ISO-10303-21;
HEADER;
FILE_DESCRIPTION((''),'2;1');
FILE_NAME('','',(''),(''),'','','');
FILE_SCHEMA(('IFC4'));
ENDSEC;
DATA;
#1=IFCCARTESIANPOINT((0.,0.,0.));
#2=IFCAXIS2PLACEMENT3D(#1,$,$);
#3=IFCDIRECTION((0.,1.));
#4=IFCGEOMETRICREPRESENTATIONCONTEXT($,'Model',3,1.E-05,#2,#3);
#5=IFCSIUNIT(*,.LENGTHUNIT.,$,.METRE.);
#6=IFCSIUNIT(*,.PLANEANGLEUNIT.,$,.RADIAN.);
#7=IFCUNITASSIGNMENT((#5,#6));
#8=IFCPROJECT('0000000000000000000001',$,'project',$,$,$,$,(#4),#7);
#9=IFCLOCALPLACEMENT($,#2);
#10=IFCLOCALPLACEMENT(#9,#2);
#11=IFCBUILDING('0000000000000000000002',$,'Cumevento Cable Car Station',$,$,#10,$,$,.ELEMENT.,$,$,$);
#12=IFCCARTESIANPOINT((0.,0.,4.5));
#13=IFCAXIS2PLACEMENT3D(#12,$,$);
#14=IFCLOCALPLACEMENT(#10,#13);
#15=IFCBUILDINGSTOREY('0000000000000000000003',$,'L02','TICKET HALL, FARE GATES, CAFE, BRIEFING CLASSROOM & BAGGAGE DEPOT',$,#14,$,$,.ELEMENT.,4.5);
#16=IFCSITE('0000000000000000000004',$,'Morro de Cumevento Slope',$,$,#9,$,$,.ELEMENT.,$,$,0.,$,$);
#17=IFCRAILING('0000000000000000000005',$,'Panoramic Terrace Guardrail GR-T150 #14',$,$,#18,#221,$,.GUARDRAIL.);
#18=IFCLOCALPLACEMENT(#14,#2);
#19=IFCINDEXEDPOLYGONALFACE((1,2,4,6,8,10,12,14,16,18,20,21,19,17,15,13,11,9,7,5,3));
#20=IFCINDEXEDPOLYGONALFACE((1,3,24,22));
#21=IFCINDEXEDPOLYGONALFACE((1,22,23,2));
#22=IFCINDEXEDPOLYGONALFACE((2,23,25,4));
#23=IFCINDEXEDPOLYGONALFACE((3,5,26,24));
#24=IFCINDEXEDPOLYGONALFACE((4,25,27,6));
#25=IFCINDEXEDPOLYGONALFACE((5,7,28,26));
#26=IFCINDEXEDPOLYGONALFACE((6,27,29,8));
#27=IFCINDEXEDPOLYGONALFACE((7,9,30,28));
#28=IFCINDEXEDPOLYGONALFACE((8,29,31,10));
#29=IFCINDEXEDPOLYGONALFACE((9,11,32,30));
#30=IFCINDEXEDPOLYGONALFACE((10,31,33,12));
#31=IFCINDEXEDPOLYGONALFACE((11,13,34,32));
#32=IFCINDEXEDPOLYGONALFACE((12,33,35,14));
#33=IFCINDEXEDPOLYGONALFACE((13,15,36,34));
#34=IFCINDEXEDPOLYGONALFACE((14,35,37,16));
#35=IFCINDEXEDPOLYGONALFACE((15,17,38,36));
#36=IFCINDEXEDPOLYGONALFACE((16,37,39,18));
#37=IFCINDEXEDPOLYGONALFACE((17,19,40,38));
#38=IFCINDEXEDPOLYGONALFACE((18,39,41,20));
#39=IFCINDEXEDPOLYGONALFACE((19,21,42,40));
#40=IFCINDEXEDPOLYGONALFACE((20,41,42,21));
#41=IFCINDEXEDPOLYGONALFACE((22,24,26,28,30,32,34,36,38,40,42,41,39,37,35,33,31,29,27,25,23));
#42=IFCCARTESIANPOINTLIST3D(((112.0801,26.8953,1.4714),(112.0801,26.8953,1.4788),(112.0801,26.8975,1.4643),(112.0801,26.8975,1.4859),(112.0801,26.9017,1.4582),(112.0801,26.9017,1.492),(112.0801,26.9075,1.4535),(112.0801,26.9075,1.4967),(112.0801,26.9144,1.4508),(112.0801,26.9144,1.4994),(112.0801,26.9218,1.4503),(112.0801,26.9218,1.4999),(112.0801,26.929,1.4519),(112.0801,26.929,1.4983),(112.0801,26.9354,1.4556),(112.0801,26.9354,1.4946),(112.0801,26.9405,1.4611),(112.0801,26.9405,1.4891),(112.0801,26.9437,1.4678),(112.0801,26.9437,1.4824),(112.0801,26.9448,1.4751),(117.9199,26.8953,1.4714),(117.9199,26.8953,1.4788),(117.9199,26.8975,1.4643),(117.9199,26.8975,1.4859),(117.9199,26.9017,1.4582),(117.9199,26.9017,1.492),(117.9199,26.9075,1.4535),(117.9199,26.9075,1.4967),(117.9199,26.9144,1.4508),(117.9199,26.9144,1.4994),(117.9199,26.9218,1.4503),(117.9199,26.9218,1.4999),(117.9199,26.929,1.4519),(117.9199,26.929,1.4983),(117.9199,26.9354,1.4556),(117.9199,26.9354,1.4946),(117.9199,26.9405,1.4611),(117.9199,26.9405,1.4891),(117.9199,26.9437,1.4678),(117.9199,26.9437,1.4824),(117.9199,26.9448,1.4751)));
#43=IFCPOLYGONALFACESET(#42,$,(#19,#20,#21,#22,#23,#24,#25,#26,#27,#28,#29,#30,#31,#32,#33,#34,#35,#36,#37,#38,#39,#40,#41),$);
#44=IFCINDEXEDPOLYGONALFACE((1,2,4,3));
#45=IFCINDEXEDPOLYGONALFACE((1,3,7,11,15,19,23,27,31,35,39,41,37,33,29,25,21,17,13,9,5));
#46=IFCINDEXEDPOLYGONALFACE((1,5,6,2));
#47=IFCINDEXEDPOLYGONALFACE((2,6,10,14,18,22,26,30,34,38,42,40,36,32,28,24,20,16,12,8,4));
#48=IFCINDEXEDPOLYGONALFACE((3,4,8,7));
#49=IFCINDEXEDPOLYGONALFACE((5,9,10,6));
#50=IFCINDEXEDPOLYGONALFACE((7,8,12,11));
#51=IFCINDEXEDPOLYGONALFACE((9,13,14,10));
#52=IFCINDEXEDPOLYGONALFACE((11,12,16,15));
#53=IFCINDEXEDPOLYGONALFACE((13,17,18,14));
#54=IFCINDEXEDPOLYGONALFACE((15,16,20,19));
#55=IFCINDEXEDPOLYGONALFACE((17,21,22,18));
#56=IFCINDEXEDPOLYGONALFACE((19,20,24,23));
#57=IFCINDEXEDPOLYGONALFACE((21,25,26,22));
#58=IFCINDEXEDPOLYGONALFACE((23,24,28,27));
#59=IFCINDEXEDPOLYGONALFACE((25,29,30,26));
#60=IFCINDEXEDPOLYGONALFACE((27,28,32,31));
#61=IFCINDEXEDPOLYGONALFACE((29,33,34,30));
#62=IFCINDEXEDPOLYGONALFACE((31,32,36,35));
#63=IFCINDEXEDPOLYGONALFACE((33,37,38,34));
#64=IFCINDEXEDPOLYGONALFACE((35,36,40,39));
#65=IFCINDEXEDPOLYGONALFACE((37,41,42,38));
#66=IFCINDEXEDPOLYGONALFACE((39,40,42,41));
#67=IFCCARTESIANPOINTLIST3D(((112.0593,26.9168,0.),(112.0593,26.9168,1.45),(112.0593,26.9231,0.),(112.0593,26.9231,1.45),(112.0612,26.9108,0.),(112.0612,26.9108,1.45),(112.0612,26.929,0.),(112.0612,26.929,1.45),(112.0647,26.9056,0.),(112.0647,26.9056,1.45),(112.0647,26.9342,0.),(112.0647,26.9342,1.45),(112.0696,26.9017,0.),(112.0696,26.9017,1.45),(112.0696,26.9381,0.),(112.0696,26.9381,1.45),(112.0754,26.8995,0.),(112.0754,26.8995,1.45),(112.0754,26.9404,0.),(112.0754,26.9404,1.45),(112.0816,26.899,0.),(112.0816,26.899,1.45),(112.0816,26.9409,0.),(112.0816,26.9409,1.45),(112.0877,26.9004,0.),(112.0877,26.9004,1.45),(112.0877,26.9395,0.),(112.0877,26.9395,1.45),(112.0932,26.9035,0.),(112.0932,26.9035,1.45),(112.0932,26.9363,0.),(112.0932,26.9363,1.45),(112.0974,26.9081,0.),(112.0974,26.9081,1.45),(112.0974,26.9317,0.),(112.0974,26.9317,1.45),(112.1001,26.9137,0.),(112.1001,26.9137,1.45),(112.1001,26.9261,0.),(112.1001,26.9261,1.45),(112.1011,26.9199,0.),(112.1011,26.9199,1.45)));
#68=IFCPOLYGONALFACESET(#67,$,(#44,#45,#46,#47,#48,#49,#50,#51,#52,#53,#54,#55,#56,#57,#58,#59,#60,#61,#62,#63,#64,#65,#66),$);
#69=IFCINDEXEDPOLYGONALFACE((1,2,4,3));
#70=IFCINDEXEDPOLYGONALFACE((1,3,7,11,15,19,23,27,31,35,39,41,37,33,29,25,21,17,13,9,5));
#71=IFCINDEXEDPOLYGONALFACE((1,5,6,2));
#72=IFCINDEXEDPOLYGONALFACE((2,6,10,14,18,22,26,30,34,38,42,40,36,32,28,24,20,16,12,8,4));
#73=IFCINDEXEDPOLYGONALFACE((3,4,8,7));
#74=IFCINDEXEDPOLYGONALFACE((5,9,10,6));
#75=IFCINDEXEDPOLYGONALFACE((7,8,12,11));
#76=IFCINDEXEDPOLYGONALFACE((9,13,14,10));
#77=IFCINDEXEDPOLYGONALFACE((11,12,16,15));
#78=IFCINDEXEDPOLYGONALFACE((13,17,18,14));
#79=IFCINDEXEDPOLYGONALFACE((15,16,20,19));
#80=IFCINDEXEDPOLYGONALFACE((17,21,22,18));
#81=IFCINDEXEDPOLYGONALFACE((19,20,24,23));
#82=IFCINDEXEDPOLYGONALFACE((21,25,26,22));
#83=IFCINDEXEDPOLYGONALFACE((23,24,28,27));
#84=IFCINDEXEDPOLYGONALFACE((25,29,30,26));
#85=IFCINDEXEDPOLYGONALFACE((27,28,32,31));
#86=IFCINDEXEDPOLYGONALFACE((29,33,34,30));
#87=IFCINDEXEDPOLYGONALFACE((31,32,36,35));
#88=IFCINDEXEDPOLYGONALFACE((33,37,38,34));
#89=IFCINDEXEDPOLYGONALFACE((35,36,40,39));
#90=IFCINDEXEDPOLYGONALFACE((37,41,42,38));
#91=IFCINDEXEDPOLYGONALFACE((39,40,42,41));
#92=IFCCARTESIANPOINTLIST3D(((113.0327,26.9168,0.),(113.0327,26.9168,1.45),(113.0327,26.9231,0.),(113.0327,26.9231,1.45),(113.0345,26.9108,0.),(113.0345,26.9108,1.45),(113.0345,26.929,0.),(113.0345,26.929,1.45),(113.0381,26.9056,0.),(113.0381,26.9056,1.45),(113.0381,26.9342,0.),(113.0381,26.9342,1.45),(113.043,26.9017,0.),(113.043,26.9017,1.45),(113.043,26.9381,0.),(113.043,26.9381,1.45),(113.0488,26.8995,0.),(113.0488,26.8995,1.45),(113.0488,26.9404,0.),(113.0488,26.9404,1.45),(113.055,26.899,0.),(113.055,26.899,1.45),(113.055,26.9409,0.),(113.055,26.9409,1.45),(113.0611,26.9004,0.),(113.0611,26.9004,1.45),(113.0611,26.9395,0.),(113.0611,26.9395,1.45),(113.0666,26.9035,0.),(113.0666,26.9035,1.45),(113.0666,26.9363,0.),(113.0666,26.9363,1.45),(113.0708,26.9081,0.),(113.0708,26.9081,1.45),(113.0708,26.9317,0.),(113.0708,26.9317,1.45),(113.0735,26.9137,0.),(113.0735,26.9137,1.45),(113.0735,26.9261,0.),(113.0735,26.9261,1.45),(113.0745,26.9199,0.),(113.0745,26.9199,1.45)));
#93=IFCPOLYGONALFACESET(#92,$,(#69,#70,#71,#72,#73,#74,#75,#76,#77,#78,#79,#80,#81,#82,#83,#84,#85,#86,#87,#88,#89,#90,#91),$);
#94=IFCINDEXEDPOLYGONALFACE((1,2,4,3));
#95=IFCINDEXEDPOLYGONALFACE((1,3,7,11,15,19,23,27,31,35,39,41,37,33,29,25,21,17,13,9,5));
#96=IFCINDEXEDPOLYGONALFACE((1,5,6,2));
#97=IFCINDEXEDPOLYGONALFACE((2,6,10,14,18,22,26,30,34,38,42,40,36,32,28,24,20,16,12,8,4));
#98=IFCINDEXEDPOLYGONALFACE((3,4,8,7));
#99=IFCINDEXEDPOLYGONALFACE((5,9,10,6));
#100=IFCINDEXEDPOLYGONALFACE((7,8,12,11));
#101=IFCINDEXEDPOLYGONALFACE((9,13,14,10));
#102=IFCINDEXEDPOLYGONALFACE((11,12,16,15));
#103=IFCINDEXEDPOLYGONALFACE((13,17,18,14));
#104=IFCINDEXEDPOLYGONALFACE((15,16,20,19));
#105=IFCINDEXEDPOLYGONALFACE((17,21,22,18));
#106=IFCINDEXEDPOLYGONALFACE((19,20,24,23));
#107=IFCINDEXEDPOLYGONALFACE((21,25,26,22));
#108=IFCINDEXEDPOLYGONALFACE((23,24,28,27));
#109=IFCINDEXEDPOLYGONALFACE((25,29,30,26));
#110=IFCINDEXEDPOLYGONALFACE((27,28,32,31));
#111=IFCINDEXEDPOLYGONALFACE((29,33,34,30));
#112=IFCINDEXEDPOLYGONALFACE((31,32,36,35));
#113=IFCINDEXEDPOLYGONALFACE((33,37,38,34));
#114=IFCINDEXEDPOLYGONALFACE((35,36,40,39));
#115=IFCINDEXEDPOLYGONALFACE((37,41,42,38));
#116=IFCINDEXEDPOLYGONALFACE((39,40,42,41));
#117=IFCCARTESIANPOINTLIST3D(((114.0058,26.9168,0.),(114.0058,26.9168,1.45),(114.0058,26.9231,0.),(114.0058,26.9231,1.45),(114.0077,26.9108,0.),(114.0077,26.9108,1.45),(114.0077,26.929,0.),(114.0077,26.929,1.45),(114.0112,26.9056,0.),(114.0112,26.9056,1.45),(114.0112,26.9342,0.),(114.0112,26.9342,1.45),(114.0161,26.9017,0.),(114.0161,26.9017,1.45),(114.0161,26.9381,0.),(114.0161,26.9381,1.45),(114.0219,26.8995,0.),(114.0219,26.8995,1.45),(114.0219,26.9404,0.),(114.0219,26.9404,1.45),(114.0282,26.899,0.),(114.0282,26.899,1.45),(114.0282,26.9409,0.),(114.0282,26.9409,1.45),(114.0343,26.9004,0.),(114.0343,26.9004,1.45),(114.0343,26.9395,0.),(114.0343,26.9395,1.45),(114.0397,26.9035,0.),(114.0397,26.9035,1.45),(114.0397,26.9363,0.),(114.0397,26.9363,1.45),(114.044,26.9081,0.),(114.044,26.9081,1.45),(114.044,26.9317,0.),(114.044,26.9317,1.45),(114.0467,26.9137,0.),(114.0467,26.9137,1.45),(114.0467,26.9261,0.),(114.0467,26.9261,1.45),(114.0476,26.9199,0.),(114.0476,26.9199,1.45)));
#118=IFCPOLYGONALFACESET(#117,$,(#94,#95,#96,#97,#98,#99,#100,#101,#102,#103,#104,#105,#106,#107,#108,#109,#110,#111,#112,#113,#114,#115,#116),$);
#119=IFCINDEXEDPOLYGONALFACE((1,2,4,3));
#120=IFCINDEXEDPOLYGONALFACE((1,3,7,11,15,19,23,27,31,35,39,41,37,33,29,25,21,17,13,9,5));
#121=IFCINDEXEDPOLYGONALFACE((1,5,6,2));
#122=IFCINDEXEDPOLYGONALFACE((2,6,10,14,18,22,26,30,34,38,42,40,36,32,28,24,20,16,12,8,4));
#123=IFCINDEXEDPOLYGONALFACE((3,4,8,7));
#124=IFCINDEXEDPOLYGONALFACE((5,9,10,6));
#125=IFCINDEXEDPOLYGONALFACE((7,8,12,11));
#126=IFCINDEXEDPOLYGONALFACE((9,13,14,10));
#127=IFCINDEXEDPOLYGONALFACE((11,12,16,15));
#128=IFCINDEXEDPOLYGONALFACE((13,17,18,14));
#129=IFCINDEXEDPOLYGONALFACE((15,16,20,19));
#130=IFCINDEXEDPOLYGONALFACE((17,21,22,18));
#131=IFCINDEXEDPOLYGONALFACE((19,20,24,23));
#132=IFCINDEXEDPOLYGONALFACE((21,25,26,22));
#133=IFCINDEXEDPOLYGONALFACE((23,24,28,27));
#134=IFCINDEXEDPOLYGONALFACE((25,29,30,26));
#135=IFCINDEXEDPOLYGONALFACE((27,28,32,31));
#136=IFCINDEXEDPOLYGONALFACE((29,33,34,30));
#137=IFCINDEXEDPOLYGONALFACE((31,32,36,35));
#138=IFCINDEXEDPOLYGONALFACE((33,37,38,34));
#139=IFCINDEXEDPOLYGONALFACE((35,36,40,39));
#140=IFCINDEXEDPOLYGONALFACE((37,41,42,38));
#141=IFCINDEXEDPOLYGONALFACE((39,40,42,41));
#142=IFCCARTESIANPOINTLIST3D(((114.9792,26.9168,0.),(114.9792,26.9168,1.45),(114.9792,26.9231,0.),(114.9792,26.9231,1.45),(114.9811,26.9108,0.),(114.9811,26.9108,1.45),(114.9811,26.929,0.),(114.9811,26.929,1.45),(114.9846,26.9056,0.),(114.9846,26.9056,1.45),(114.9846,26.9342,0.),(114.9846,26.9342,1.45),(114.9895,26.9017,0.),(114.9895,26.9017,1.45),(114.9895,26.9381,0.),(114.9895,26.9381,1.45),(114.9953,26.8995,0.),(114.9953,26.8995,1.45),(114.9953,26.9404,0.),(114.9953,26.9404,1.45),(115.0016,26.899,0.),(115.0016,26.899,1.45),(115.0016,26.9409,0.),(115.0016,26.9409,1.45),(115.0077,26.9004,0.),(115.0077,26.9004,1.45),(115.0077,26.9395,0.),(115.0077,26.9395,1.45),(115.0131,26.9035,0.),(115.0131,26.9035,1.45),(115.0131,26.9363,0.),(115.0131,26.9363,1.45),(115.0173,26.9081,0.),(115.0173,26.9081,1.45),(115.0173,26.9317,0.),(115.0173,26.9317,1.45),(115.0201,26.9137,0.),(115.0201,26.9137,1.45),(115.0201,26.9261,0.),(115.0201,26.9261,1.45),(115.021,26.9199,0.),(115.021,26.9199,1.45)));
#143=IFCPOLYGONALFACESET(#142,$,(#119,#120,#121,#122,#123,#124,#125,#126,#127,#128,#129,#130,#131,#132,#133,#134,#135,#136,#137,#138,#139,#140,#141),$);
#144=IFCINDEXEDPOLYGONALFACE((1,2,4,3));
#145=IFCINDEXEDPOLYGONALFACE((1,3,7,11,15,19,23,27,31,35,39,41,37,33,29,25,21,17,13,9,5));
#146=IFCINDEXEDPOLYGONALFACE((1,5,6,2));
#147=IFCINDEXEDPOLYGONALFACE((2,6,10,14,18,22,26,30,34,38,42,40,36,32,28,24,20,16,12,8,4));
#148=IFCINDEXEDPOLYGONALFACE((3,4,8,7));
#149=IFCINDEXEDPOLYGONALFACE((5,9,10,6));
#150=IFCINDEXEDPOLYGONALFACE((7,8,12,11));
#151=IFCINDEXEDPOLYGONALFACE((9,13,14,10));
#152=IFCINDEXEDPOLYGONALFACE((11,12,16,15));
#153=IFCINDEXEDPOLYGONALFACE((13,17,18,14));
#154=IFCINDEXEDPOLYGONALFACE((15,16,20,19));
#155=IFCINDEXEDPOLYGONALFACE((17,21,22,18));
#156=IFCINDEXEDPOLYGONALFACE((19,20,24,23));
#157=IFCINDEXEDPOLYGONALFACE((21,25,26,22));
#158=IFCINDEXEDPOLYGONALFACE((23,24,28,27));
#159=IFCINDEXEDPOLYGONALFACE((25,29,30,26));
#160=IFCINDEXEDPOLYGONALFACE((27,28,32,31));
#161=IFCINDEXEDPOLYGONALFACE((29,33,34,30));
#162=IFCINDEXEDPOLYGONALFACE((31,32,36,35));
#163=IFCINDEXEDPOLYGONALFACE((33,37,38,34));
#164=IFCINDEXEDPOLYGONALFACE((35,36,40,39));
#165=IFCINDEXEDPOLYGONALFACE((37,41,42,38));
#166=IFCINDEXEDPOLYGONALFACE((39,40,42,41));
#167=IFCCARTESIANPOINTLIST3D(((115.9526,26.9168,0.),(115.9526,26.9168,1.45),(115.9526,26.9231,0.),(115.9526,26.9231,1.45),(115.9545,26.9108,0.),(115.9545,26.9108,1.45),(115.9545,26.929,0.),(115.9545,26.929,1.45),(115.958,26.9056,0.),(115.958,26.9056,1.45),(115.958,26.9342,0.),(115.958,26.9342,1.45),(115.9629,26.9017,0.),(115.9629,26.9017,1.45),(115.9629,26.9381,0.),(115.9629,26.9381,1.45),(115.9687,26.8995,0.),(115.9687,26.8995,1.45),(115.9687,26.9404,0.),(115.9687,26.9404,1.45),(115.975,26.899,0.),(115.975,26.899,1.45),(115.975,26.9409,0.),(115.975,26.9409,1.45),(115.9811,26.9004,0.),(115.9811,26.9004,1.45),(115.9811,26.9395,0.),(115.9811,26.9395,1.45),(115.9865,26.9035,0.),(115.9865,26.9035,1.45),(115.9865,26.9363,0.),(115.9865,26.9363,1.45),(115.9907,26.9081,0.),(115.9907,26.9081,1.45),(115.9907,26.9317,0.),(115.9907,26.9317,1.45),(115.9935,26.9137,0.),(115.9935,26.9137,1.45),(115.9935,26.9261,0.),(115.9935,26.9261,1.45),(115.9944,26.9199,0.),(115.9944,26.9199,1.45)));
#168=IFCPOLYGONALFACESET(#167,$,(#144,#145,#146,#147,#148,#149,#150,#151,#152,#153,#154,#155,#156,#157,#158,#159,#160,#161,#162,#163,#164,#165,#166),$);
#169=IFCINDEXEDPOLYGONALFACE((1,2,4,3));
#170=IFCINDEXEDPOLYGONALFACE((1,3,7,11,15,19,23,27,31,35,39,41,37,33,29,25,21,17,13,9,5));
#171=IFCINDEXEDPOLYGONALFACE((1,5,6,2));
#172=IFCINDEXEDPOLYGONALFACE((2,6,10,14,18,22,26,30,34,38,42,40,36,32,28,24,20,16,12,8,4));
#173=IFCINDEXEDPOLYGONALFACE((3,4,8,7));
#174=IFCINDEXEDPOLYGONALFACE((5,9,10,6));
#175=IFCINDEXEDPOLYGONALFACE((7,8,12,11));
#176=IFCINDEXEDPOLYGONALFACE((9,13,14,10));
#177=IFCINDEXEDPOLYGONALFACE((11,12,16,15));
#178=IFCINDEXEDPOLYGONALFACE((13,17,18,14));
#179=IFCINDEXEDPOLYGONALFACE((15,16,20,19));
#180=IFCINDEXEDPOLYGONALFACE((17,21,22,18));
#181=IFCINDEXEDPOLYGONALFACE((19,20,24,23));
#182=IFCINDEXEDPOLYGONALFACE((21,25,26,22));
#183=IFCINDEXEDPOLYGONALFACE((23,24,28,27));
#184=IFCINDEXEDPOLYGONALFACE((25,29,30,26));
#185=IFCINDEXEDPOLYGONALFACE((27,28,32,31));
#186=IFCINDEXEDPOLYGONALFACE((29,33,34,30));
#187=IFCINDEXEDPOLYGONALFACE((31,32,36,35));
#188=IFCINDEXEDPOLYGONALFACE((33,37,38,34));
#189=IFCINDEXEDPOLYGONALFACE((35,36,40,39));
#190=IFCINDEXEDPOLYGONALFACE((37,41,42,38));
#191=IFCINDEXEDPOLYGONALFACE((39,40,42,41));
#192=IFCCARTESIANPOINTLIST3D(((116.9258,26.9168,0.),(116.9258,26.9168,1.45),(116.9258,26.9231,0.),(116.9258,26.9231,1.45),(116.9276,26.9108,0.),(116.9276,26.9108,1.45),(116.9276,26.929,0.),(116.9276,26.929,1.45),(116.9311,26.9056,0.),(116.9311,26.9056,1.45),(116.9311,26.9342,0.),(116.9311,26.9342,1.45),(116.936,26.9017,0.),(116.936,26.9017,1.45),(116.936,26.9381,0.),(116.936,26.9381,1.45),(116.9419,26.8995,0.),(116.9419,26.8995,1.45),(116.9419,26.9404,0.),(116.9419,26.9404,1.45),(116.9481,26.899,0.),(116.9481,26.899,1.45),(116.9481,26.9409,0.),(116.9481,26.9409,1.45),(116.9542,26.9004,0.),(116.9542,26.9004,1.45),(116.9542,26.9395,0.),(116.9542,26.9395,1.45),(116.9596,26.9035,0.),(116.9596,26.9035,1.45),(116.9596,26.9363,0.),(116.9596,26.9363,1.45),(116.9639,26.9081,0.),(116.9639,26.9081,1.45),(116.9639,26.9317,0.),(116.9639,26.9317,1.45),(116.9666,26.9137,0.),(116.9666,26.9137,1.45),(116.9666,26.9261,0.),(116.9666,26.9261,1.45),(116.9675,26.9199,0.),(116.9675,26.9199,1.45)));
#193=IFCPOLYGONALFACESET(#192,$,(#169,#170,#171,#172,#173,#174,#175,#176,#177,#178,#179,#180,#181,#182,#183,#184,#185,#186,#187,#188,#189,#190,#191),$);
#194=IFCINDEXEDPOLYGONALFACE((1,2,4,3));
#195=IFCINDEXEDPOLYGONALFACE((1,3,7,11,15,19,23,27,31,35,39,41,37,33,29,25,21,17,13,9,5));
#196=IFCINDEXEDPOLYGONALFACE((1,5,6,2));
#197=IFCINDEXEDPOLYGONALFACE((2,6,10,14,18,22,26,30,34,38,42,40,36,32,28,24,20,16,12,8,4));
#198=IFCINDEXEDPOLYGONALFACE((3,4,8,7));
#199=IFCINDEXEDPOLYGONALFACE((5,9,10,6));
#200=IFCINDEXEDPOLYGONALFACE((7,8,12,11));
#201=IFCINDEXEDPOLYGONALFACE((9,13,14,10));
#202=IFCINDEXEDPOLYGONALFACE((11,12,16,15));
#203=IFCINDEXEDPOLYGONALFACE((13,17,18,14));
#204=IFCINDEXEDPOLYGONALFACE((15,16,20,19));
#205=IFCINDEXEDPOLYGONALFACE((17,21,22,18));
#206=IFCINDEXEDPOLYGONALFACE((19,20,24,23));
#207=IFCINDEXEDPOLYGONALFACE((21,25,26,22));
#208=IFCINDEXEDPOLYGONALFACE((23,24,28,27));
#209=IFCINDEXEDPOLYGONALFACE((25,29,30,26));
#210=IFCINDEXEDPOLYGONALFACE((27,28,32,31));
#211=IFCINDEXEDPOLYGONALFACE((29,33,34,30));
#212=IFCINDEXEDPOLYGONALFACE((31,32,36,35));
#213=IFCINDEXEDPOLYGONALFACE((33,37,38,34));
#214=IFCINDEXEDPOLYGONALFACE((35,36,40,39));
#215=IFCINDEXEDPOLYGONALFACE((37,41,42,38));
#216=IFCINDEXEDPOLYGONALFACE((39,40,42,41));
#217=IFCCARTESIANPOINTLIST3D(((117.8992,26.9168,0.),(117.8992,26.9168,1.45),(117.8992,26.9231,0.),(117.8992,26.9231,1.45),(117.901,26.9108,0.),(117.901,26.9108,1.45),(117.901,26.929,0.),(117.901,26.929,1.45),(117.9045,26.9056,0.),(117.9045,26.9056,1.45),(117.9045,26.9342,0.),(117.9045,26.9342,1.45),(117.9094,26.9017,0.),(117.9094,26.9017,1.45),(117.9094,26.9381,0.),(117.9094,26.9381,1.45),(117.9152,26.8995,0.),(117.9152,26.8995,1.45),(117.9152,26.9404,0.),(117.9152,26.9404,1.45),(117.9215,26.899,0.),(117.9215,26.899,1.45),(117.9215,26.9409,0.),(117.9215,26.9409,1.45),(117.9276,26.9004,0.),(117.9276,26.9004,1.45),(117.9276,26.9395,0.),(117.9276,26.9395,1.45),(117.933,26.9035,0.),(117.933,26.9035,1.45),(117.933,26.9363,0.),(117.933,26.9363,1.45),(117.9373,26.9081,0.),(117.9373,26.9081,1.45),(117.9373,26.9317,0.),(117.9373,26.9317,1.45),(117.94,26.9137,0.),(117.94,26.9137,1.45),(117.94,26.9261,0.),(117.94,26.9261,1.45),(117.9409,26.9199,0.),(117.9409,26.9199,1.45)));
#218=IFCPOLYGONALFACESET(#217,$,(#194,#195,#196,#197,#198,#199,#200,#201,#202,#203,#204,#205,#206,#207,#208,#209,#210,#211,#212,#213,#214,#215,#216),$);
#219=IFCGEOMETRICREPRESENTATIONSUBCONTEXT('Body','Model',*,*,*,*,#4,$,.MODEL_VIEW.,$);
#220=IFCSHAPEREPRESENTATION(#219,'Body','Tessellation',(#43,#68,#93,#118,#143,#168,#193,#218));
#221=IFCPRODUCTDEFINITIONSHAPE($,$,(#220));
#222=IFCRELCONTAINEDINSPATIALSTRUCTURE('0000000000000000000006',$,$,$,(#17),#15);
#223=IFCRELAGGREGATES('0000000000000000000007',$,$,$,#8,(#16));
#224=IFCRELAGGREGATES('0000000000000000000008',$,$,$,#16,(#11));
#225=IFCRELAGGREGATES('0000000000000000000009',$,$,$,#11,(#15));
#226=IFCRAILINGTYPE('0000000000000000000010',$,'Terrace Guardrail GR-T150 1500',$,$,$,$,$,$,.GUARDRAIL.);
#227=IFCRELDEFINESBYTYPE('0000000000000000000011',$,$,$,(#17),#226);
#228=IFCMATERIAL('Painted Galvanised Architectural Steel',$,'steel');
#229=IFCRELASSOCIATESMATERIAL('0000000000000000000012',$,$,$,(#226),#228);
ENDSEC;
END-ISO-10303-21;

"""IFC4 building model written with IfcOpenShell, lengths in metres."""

from ifc_helpers import new_model, si_unit, direction, frame, origin, origin_2d, place, context, subcontext, project, spatial, circle, extrude, material, type_object, element, save


model = new_model("IFC4")

# Units and contexts
model_context = context("Model", 3, precision=1e-05, world=origin(), true_north=direction((0.0, 1.0)))
body_context = subcontext(model_context, "Body", "Model", "MODEL_VIEW")
ifc_project = project(units=[si_unit("LENGTHUNIT", "METRE"), si_unit("PLANEANGLEUNIT", "RADIAN")], contexts=[model_context])

# Site, building, storey
site_placement = place(None, origin())
site = spatial("IfcSite", under=ifc_project, at=site_placement, Name="Morro de Cumevento Slope", CompositionType="ELEMENT", RefElevation=0.0)
building_placement = place(site_placement, origin())
building = spatial("IfcBuilding", under=site, at=building_placement, Name="Cumevento Cable Car Station", CompositionType="ELEMENT")
storey_placement = place(building_placement, frame((0.0, 0.0, 4.5)))
storey = spatial("IfcBuildingStorey", under=building, at=storey_placement, Name="L02", Description="TICKET HALL, FARE GATES, CAFE, BRIEFING CLASSROOM & BAGGAGE DEPOT", CompositionType="ELEMENT", Elevation=4.5)

# Railing
ifc_material_1 = material(Name="Painted Galvanised Architectural Steel", Category="steel")
railing_type = type_object("IfcRailingType", Name="Terrace Guardrail GR-T150 1500", PredefinedType="GUARDRAIL", material=ifc_material_1)
railing_placement = place(storey_placement, frame((112.0801, 26.9199, 0.0)))
element("IfcRailing", 1, at=railing_placement, inside=storey, type_object=railing_type, Name="Panoramic Terrace Guardrail GR-T150 #14", PredefinedType="GUARDRAIL", context=body_context, shape_type="SweptSolid", body=[
    extrude(circle(Radius=0.0249, at=origin_2d()), frame((0.0, 0.0, 1.4751), z_axis=(1.0, 0.0, 0.0), x_axis=(0.0, 1.0, 0.0)), (0.0, 0.0, 1.0), 5.8398),
    extrude(circle(Radius=0.021, at=origin_2d()), origin(), (0.0, 0.0, 1.0), 1.45),
    extrude(circle(Radius=0.021, at=origin_2d()), frame((0.9734, 0.0, 0.0)), (0.0, 0.0, 1.0), 1.45),
    extrude(circle(Radius=0.021, at=origin_2d()), frame((1.9465, 0.0, 0.0)), (0.0, 0.0, 1.0), 1.45),
    extrude(circle(Radius=0.021, at=origin_2d()), frame((2.9199, 0.0, 0.0)), (0.0, 0.0, 1.0), 1.45),
    extrude(circle(Radius=0.021, at=origin_2d()), frame((3.8933, 0.0, 0.0)), (0.0, 0.0, 1.0), 1.45),
    extrude(circle(Radius=0.021, at=origin_2d()), frame((4.8665, 0.0, 0.0)), (0.0, 0.0, 1.0), 1.45),
    extrude(circle(Radius=0.021, at=origin_2d()), frame((5.8398, 0.0, 0.0)), (0.0, 0.0, 1.0), 1.45),
])

save(model, "model.ifc")
